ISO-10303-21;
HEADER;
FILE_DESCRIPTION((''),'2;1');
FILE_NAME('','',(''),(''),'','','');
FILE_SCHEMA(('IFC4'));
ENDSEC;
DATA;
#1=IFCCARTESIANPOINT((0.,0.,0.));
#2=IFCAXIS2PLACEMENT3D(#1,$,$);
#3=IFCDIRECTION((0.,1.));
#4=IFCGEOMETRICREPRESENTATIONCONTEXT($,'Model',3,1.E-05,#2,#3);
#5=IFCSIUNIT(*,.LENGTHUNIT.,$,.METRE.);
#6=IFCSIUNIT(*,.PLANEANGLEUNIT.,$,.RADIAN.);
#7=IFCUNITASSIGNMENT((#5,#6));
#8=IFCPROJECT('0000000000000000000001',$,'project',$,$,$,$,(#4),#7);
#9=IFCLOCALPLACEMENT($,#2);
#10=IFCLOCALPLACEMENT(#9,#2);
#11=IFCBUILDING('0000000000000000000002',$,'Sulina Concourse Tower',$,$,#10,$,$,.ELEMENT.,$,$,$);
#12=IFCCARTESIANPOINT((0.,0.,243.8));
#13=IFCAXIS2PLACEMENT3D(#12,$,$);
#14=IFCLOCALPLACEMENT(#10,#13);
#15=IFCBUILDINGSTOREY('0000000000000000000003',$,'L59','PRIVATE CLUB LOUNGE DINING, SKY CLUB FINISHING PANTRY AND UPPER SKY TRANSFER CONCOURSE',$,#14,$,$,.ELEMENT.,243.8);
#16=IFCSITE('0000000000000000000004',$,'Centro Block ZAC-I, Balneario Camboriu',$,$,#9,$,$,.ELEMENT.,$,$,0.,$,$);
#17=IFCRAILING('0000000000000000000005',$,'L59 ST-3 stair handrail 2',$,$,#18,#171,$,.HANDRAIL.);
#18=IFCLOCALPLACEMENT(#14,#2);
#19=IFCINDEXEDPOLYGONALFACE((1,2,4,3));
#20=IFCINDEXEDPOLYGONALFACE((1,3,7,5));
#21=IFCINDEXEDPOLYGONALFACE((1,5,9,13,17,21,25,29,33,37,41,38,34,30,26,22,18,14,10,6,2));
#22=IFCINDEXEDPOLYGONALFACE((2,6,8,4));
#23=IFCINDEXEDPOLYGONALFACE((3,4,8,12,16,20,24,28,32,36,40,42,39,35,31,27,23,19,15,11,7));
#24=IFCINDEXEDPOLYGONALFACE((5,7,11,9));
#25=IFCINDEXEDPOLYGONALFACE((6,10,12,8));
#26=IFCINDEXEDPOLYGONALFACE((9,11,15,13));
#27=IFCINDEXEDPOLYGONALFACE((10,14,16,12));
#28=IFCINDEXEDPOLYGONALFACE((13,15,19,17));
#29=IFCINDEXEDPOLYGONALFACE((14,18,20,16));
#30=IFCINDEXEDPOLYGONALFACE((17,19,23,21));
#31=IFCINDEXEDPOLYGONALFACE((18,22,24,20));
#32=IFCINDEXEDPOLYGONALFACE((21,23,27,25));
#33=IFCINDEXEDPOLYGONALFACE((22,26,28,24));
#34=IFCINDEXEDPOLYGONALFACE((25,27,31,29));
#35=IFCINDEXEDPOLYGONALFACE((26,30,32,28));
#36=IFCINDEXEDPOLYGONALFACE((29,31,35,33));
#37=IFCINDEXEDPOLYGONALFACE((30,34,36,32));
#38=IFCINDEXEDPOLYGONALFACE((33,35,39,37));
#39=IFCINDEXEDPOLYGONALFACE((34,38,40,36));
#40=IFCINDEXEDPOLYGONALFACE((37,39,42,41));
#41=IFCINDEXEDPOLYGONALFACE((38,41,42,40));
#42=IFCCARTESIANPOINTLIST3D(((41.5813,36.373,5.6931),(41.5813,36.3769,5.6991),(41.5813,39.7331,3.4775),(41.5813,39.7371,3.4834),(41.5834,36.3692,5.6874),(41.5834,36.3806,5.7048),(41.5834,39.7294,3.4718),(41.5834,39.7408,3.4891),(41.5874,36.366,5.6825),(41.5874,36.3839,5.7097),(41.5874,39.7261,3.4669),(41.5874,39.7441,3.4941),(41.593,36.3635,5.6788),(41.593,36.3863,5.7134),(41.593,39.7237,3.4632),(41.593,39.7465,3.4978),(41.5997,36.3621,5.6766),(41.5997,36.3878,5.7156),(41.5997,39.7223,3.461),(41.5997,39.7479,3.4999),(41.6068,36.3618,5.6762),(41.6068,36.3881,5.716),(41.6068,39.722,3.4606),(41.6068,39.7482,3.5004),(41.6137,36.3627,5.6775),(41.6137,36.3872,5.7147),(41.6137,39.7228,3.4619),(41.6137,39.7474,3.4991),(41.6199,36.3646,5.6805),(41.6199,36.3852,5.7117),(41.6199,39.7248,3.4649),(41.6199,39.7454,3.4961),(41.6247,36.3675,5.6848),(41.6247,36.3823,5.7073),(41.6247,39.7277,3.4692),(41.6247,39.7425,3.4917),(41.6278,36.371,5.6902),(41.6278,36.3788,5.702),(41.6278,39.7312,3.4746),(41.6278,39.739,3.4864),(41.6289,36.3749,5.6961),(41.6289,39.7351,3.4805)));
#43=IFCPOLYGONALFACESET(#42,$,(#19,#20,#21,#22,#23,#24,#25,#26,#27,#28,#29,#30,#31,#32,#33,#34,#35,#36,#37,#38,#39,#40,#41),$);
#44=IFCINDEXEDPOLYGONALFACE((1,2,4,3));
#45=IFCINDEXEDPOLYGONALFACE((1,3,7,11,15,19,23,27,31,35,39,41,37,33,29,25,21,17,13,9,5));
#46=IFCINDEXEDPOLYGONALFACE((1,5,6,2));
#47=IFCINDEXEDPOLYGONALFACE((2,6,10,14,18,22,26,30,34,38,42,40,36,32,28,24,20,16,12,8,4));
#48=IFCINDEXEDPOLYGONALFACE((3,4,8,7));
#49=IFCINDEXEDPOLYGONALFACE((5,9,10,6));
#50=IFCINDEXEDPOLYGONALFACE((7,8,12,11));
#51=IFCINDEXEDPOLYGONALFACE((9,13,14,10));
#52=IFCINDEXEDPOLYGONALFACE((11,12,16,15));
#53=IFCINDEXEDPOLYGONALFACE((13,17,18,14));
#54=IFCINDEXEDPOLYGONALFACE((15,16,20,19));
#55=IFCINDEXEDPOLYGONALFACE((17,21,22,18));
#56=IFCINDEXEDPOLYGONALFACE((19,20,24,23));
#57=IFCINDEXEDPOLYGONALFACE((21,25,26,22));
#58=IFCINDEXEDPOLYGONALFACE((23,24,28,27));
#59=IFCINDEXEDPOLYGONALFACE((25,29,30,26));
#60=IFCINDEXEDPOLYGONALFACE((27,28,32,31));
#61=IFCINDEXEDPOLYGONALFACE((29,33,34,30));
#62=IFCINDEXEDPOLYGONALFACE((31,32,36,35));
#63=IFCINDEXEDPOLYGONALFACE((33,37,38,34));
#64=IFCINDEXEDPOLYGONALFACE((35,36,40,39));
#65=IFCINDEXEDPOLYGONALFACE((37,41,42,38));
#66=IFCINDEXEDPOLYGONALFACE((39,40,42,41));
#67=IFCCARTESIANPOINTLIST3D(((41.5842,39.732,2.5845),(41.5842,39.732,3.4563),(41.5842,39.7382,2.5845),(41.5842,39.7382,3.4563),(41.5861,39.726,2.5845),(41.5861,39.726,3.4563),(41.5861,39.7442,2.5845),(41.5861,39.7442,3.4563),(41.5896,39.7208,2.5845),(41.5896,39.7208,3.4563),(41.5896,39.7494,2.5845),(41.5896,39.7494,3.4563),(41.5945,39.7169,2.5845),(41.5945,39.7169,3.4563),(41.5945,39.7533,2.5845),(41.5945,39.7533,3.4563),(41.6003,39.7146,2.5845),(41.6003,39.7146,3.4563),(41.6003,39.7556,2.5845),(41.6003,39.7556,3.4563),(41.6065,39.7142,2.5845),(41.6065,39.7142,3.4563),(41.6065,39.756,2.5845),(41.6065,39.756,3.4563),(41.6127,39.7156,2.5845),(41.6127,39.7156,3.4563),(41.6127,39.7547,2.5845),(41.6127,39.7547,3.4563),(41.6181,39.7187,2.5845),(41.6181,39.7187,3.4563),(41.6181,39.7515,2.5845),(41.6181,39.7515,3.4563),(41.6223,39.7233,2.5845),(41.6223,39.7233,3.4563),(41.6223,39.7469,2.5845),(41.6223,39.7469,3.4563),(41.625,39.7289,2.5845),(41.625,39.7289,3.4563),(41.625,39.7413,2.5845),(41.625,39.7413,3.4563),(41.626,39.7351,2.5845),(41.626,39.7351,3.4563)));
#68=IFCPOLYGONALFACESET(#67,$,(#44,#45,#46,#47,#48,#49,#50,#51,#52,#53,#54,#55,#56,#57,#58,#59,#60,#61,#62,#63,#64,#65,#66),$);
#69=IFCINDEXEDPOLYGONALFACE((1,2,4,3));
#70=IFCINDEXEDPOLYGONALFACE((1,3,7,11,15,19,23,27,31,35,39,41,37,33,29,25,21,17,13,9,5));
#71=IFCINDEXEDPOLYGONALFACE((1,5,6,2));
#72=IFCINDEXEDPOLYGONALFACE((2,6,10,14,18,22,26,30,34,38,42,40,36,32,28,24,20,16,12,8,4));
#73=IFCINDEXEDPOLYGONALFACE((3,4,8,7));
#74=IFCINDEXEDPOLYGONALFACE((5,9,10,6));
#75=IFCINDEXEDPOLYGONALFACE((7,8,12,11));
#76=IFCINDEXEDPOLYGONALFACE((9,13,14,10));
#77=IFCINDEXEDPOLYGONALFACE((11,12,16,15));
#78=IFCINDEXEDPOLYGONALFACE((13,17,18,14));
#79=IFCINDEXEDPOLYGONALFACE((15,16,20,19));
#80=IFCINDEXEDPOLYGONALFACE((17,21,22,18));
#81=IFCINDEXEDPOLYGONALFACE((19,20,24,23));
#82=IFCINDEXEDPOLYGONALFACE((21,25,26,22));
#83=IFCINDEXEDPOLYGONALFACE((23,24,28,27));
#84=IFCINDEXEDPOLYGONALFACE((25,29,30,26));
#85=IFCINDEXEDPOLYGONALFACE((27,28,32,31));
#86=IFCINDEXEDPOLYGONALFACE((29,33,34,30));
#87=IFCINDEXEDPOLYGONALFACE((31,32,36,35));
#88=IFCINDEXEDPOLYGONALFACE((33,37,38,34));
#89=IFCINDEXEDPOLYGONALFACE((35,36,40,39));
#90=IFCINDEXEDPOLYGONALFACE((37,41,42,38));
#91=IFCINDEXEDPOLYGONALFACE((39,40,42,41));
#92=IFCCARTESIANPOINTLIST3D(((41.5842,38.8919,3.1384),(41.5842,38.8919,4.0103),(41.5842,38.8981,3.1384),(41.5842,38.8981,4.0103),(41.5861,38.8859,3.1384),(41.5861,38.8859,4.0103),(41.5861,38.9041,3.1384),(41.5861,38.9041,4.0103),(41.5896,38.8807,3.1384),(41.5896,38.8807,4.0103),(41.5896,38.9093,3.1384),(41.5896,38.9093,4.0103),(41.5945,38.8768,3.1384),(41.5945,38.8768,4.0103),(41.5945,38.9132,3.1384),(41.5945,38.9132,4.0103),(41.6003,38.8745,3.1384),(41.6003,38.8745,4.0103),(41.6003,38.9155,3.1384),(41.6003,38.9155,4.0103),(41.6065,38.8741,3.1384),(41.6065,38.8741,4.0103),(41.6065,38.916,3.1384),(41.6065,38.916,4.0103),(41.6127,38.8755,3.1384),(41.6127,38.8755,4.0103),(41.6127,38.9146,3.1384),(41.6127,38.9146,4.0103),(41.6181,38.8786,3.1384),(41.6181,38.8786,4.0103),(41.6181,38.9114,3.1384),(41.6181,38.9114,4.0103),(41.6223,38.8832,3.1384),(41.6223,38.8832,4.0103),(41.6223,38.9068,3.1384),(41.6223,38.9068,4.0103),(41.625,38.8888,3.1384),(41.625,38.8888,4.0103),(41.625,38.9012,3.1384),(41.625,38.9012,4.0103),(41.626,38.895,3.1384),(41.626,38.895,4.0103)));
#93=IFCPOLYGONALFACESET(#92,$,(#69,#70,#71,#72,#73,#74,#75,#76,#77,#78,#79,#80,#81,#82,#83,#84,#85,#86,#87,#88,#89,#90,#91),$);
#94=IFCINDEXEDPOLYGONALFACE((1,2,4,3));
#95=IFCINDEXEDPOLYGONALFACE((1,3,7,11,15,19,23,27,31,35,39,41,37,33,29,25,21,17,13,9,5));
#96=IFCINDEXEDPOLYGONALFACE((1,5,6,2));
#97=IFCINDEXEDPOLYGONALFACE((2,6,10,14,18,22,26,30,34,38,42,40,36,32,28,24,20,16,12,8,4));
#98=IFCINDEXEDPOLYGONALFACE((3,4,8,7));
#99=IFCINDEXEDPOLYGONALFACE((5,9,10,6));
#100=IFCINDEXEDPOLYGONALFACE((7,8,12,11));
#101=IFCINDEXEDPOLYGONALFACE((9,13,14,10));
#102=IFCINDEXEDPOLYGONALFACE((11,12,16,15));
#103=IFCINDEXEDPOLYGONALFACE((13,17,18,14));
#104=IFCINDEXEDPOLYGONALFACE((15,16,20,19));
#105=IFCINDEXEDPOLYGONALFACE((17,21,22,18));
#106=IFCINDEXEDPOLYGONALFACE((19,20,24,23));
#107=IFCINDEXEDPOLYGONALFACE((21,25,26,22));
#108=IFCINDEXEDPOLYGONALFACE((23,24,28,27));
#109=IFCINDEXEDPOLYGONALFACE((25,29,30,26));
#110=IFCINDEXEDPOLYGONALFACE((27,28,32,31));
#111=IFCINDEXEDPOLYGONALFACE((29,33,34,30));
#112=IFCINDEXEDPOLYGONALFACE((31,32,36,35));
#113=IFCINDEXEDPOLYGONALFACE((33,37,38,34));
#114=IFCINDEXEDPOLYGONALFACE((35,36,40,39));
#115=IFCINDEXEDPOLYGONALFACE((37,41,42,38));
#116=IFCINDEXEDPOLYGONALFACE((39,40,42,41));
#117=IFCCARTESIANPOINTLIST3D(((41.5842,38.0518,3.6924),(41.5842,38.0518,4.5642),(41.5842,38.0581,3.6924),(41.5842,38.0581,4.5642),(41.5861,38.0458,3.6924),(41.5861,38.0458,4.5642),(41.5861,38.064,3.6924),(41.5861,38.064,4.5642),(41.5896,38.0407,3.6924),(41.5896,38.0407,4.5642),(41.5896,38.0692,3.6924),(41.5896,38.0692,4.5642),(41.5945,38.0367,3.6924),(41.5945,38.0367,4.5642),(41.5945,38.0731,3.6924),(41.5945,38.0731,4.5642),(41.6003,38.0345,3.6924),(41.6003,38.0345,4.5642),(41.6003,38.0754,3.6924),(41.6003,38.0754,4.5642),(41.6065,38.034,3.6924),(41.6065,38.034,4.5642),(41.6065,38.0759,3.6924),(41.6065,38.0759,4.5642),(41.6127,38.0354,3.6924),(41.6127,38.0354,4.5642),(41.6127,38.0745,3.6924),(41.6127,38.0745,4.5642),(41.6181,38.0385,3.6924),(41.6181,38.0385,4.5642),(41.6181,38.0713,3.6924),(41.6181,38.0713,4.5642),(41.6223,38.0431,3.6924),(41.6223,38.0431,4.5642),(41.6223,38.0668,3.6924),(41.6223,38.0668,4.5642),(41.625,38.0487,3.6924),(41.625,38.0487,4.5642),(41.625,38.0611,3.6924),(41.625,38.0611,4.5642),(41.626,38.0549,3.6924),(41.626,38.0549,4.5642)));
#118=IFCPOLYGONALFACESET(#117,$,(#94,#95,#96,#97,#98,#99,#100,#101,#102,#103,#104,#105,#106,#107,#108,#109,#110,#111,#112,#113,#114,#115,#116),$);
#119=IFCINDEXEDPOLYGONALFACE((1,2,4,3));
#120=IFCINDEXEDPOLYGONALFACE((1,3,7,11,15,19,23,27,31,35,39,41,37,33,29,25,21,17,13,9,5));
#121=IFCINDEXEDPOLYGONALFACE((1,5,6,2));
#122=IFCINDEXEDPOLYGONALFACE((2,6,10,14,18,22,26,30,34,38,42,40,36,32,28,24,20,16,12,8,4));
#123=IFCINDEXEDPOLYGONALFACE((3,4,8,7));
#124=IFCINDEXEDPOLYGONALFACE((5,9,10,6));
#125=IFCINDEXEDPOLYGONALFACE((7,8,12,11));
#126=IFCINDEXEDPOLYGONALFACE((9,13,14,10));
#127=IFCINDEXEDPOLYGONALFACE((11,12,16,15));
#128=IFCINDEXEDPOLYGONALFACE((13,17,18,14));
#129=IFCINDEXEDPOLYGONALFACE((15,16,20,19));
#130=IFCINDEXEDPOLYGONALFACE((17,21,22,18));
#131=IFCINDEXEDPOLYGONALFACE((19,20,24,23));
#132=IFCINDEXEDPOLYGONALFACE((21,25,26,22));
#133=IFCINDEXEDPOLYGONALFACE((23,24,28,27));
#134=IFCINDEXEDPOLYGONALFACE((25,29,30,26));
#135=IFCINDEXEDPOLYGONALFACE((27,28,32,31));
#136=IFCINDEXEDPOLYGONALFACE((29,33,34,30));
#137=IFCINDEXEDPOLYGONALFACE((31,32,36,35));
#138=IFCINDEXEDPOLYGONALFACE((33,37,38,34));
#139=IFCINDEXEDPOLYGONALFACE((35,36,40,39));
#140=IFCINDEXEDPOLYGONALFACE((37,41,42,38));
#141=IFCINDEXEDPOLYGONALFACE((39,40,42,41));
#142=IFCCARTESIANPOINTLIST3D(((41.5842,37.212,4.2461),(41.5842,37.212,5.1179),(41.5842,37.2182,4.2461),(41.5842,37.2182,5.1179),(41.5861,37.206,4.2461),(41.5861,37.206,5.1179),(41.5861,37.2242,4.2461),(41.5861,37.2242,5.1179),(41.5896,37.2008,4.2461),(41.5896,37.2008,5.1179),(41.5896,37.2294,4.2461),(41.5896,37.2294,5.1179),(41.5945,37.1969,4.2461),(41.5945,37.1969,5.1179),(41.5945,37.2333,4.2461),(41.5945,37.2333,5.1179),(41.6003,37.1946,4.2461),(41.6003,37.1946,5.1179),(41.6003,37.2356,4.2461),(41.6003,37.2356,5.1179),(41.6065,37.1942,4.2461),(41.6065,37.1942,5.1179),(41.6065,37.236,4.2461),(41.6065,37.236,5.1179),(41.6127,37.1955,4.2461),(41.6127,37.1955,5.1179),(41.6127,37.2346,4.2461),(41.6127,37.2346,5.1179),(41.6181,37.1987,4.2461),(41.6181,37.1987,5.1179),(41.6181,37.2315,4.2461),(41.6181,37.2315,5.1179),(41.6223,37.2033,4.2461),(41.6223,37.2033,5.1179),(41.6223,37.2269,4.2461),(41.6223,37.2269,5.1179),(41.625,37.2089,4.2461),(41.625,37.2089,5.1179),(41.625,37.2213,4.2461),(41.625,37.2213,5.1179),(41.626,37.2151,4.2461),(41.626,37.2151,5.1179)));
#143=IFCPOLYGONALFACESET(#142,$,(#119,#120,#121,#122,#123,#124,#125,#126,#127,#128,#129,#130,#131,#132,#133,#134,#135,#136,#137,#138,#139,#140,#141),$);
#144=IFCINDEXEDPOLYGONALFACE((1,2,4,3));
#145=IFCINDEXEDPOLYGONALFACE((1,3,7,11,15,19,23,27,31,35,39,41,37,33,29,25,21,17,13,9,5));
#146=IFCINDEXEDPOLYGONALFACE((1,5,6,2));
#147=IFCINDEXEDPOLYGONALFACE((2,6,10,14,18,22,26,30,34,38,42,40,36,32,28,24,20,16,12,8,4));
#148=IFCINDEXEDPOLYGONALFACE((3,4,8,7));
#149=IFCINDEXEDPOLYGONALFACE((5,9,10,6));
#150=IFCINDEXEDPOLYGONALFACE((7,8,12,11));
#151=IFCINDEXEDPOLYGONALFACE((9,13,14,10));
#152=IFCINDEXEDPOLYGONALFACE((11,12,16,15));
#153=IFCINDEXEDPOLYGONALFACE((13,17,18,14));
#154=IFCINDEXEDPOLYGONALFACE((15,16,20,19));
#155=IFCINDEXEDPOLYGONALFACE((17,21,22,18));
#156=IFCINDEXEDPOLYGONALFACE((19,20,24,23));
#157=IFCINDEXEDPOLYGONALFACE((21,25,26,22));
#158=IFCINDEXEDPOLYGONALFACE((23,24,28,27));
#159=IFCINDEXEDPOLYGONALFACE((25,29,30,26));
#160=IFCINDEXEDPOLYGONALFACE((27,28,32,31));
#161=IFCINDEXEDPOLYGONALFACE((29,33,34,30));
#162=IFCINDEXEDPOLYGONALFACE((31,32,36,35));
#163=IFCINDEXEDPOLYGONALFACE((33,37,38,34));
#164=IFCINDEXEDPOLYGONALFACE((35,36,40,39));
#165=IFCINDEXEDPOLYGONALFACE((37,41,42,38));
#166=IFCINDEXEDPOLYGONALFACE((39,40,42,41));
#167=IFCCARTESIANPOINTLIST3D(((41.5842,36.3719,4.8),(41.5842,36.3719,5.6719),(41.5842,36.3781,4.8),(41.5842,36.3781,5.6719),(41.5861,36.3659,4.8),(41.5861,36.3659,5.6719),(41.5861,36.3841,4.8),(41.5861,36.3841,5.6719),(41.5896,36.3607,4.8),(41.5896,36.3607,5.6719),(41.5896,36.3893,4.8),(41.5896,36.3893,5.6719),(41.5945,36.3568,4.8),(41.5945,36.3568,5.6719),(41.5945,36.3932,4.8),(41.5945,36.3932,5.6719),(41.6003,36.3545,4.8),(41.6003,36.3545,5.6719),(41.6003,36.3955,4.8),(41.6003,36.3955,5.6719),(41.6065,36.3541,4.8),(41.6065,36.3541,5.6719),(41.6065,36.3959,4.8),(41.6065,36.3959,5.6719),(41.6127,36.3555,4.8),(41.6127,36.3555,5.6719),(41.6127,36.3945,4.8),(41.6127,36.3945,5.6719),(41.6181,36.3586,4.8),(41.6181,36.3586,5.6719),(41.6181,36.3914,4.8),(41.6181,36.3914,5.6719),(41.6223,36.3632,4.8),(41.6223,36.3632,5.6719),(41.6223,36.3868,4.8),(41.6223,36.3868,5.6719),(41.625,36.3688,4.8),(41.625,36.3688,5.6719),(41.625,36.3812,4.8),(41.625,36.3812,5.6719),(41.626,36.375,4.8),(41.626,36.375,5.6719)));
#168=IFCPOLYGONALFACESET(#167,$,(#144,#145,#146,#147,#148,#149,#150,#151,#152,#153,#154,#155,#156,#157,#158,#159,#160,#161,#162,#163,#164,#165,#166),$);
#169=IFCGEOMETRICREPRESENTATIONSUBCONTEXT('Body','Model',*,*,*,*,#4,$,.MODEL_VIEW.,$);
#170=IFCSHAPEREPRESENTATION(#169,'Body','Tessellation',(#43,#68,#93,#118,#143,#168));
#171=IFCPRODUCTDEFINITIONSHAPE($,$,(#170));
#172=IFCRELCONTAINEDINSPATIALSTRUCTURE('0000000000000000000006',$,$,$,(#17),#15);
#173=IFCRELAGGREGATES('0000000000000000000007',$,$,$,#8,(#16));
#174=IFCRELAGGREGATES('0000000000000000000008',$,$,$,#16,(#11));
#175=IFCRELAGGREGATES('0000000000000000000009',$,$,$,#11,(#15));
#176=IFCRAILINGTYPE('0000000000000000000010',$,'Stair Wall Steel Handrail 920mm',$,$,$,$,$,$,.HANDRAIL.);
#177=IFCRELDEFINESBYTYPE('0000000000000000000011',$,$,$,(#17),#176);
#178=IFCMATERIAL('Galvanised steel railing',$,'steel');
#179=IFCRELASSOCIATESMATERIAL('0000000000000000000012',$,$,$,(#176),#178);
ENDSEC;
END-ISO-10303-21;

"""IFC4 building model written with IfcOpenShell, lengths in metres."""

from ifc_helpers import new_model, si_unit, direction, frame, origin, origin_2d, place, context, subcontext, project, spatial, circle, extrude, material, type_object, element, save


model = new_model("IFC4")

# Units and contexts
model_context = context("Model", 3, precision=1e-05, world=origin(), true_north=direction((0.0, 1.0)))
body_context = subcontext(model_context, "Body", "Model", "MODEL_VIEW")
ifc_project = project(units=[si_unit("LENGTHUNIT", "METRE"), si_unit("PLANEANGLEUNIT", "RADIAN")], contexts=[model_context])

# Site, building, storey
site_placement = place(None, origin())
site = spatial("IfcSite", under=ifc_project, at=site_placement, Name="Centro Block ZAC-I, Balneario Camboriu", CompositionType="ELEMENT", RefElevation=0.0)
building_placement = place(site_placement, origin())
building = spatial("IfcBuilding", under=site, at=building_placement, Name="Sulina Concourse Tower", CompositionType="ELEMENT")
storey_placement = place(building_placement, frame((0.0, 0.0, 243.8)))
storey = spatial("IfcBuildingStorey", under=building, at=storey_placement, Name="L59", Description="PRIVATE CLUB LOUNGE DINING, SKY CLUB FINISHING PANTRY AND UPPER SKY TRANSFER CONCOURSE", CompositionType="ELEMENT", Elevation=243.8)

# Railing
ifc_material_1 = material(Name="Galvanised steel railing", Category="steel")
railing_type_1 = type_object("IfcRailingType", Name="Stair Wall Steel Handrail 920mm", PredefinedType="HANDRAIL", material=ifc_material_1)
railing_1_placement = place(storey_placement, frame((41.605, 39.7351, 2.5845)))
element("IfcRailing", 1, at=railing_1_placement, inside=storey, type_object=railing_type_1, Name="L59 ST-3 stair handrail 2", PredefinedType="HANDRAIL", context=body_context, shape_type="SweptSolid", body=[
    extrude(circle(Radius=0.0239, at=origin_2d()), frame((0.0, 0.0, 0.896), z_axis=(0.0, -0.834849, 0.55048), x_axis=(1.0, 0.0, 0.0)), (0.0, 0.0, 1.0), 4.0249),
    extrude(circle(Radius=0.021, at=origin_2d()), origin(), (0.0, 0.0, 1.0), 0.8718),
    extrude(circle(Radius=0.021, at=origin_2d()), frame((0.0, -0.8401, 0.554)), (0.0, 0.0, 1.0), 0.8718),
    extrude(circle(Radius=0.021, at=origin_2d()), frame((0.0, -1.6802, 1.1079)), (0.0, 0.0, 1.0), 0.8718),
    extrude(circle(Radius=0.021, at=origin_2d()), frame((0.0, -2.52, 1.6616)), (0.0, 0.0, 1.0), 0.8718),
    extrude(circle(Radius=0.021, at=origin_2d()), frame((0.0, -3.3601, 2.2156)), (0.0, 0.0, 1.0), 0.8718),
])

save(model, "model.ifc")
